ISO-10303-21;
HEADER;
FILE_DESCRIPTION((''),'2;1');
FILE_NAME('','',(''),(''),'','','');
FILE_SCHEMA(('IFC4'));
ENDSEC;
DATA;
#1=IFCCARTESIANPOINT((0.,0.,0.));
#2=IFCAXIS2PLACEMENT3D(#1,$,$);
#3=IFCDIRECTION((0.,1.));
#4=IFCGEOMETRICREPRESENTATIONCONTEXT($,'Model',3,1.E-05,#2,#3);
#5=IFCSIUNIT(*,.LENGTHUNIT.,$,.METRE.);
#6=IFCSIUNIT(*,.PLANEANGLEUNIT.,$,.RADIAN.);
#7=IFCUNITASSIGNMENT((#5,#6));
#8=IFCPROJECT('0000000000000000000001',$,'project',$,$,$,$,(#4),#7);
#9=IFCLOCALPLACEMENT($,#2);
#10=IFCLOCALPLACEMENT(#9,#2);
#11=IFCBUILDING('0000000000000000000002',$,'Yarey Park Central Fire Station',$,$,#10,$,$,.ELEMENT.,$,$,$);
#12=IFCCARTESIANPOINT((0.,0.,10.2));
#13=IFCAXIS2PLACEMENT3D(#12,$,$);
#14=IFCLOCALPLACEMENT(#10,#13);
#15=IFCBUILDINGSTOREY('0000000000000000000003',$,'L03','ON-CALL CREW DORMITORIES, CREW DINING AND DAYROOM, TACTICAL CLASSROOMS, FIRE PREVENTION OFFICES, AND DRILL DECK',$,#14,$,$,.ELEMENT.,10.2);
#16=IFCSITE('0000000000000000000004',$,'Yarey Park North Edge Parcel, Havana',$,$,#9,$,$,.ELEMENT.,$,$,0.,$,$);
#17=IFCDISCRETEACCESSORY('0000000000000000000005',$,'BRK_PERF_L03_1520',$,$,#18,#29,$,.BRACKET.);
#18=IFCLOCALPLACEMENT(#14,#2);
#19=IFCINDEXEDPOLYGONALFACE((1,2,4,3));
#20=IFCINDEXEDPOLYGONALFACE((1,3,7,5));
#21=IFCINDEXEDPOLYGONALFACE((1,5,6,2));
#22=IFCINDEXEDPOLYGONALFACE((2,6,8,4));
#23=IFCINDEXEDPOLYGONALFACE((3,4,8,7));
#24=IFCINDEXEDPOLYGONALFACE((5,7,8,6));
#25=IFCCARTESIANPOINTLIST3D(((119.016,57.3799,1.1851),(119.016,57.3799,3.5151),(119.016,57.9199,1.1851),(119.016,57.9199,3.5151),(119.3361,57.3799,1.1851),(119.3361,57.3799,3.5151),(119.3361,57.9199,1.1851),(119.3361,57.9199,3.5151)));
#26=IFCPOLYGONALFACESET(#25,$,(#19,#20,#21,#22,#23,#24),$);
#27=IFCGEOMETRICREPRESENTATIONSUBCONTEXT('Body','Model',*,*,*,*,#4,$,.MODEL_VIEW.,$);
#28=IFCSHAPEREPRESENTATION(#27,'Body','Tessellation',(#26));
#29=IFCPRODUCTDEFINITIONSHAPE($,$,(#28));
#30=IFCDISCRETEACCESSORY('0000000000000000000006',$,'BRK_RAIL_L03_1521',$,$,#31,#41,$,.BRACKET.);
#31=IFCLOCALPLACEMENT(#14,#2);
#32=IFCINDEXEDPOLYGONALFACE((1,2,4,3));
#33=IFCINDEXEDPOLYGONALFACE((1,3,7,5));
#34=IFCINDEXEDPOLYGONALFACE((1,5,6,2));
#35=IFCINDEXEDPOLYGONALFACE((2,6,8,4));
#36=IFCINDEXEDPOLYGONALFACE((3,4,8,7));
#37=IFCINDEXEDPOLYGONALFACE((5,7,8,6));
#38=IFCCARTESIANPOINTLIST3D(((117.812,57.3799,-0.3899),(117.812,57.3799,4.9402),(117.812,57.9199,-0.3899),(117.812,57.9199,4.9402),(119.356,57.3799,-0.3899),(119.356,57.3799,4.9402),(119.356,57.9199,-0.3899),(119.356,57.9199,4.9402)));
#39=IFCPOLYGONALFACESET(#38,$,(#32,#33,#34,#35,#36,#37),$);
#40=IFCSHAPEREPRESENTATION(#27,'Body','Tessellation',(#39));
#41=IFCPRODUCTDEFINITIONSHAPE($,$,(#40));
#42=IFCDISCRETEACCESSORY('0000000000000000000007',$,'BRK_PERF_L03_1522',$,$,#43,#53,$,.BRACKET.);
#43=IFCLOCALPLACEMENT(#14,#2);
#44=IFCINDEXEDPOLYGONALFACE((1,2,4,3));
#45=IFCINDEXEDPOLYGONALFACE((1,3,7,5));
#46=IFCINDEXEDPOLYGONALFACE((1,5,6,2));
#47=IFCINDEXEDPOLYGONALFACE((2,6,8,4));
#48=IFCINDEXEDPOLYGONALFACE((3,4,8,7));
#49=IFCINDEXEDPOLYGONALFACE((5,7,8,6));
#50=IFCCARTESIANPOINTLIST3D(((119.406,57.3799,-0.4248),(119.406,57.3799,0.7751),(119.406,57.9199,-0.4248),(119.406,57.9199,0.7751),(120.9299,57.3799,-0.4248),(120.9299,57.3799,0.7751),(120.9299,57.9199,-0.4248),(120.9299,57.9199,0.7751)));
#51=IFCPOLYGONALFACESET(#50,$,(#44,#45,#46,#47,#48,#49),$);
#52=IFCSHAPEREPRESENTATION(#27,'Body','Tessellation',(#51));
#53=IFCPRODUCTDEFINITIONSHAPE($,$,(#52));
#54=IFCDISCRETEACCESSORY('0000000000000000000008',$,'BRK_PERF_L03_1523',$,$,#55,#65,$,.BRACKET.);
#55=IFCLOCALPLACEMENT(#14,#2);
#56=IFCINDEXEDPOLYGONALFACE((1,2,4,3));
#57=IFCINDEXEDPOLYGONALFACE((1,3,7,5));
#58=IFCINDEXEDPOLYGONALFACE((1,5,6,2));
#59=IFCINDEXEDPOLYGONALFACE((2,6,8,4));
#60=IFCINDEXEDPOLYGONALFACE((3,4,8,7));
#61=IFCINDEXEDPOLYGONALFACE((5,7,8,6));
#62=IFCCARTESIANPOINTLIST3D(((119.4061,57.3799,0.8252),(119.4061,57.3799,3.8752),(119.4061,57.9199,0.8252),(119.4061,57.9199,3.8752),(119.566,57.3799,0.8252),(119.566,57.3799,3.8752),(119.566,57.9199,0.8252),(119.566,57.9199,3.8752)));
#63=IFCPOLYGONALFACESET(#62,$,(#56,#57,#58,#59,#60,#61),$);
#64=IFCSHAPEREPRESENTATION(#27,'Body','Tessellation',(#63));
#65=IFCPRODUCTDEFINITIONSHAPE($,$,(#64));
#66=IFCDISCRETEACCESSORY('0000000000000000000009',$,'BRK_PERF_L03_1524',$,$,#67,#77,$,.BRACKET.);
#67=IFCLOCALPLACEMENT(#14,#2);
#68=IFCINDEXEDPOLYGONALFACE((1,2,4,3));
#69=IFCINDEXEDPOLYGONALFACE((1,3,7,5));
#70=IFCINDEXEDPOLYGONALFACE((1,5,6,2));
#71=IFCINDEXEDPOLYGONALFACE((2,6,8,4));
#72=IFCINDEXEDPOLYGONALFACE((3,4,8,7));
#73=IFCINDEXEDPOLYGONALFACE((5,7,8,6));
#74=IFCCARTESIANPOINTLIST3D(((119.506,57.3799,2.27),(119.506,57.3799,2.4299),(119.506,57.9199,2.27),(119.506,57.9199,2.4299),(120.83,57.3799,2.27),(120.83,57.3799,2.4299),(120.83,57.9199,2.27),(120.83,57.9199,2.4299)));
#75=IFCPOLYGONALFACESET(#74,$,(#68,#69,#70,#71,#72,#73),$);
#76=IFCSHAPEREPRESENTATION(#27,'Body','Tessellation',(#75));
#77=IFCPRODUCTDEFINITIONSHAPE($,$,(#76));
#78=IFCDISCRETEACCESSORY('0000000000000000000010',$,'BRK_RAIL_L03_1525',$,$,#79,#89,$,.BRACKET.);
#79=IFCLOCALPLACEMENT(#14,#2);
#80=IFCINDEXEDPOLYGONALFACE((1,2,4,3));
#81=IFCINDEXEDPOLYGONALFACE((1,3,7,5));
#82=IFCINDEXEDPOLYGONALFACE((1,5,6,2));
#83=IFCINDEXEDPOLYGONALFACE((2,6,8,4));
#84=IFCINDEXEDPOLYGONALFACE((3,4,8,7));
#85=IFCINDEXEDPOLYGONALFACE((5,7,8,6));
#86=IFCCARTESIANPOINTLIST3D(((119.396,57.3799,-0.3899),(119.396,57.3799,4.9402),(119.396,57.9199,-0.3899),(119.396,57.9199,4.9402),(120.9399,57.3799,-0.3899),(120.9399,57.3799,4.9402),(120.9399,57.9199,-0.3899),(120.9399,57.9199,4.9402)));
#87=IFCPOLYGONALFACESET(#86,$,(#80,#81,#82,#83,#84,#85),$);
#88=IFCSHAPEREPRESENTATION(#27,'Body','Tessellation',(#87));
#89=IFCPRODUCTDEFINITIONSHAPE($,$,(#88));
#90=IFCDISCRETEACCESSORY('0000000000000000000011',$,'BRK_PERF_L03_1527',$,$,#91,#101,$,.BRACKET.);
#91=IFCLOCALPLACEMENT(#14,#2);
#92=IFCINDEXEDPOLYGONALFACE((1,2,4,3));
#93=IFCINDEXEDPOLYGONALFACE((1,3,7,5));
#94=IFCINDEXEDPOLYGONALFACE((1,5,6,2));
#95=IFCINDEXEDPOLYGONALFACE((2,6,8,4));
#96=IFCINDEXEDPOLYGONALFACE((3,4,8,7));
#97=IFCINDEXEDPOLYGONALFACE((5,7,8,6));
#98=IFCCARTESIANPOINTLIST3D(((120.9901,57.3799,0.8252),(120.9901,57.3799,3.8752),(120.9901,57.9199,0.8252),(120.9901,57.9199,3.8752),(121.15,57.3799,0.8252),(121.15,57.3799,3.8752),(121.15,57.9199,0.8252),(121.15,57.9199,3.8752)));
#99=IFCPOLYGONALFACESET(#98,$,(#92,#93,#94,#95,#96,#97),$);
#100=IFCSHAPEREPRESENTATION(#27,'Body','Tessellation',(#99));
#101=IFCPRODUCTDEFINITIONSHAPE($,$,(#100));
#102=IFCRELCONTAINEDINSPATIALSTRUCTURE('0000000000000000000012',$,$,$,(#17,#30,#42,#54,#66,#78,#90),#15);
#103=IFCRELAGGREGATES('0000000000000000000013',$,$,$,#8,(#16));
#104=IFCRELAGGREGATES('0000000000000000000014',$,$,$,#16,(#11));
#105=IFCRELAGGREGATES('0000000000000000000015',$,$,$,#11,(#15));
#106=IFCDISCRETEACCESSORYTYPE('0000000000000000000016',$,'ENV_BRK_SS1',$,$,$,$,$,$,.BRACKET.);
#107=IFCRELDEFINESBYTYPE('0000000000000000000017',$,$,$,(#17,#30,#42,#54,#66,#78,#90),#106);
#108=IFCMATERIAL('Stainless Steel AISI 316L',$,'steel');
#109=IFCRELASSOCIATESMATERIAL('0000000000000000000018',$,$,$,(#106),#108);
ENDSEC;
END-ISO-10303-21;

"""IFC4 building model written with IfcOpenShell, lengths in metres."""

from ifc_helpers import new_model, si_unit, direction, frame, origin, origin_2d, place, context, subcontext, project, spatial, rectangle, extrude, material, type_object, element, save


model = new_model("IFC4")

# Units and contexts
model_context = context("Model", 3, precision=1e-05, world=origin(), true_north=direction((0.0, 1.0)))
body_context = subcontext(model_context, "Body", "Model", "MODEL_VIEW")
ifc_project = project(units=[si_unit("LENGTHUNIT", "METRE"), si_unit("PLANEANGLEUNIT", "RADIAN")], contexts=[model_context])

# Site, building, storey
site_placement = place(None, origin())
site = spatial("IfcSite", under=ifc_project, at=site_placement, Name="Yarey Park North Edge Parcel, Havana", CompositionType="ELEMENT", RefElevation=0.0)
building_placement = place(site_placement, origin())
building = spatial("IfcBuilding", under=site, at=building_placement, Name="Yarey Park Central Fire Station", CompositionType="ELEMENT")
storey_placement = place(building_placement, frame((0.0, 0.0, 10.2)))
storey = spatial("IfcBuildingStorey", under=building, at=storey_placement, Name="L03", Description="ON-CALL CREW DORMITORIES, CREW DINING AND DAYROOM, TACTICAL CLASSROOMS, FIRE PREVENTION OFFICES, AND DRILL DECK", CompositionType="ELEMENT", Elevation=10.2)

# Discrete accessories
ifc_material_1 = material(Name="Stainless Steel AISI 316L", Category="steel")
discrete_accessory_type = type_object("IfcDiscreteAccessoryType", Name="ENV_BRK_SS1", PredefinedType="BRACKET", material=ifc_material_1)
for number, where, z_axis, x_axis, name in (
    (1, (119.176, 57.6499, 1.1851), (0.0, 0.0, 1.0), (1.0, 0.0, 0.0), "BRK_PERF_L03_1520"),
):
    element("IfcDiscreteAccessory", number, at=place(storey_placement, frame(where, z_axis=z_axis, x_axis=x_axis)), inside=storey, type_object=discrete_accessory_type, Name=name, PredefinedType="BRACKET", context=body_context, shape_type="SweptSolid", body=[
        extrude(rectangle(XDim=0.3201, YDim=0.54, at=origin_2d()), origin(), (0.0, 0.0, 1.0), 2.3301),
    ])
discrete_accessory_1_placement = place(storey_placement, frame((118.584, 57.6499, -0.3899), z_axis=(0.0, 0.0, 1.0), x_axis=(1.0, 0.0, 0.0)))
element("IfcDiscreteAccessory", 2, at=discrete_accessory_1_placement, inside=storey, type_object=discrete_accessory_type, Name="BRK_RAIL_L03_1521", PredefinedType="BRACKET", context=body_context, shape_type="SweptSolid", body=[
    extrude(rectangle(XDim=1.5439, YDim=0.54, at=origin_2d()), origin(), (0.0, 0.0, 1.0), 5.3301),
])
discrete_accessory_2_placement = place(storey_placement, frame((120.168, 57.6499, -0.4248), z_axis=(0.0, 0.0, 1.0), x_axis=(1.0, 0.0, 0.0)))
element("IfcDiscreteAccessory", 3, at=discrete_accessory_2_placement, inside=storey, type_object=discrete_accessory_type, Name="BRK_PERF_L03_1522", PredefinedType="BRACKET", context=body_context, shape_type="SweptSolid", body=[
    extrude(rectangle(XDim=1.5239, YDim=0.54, at=origin_2d()), origin(), (0.0, 0.0, 1.0), 1.2),
])
discrete_accessory_3_placement = place(storey_placement, frame((119.4861, 57.6499, 0.8252), z_axis=(0.0, 0.0, 1.0), x_axis=(1.0, 0.0, 0.0)))
element("IfcDiscreteAccessory", 4, at=discrete_accessory_3_placement, inside=storey, type_object=discrete_accessory_type, Name="BRK_PERF_L03_1523", PredefinedType="BRACKET", context=body_context, shape_type="SweptSolid", body=[
    extrude(rectangle(XDim=0.1599, YDim=0.54, at=origin_2d()), origin(), (0.0, 0.0, 1.0), 3.05),
])
discrete_accessory_4_placement = place(storey_placement, frame((120.168, 57.6499, 2.27), z_axis=(0.0, 0.0, 1.0), x_axis=(1.0, 0.0, 0.0)))
element("IfcDiscreteAccessory", 5, at=discrete_accessory_4_placement, inside=storey, type_object=discrete_accessory_type, Name="BRK_PERF_L03_1524", PredefinedType="BRACKET", context=body_context, shape_type="SweptSolid", body=[
    extrude(rectangle(XDim=1.324, YDim=0.54, at=origin_2d()), origin(), (0.0, 0.0, 1.0), 0.1599),
])
discrete_accessory_5_placement = place(storey_placement, frame((120.168, 57.6499, -0.3899), z_axis=(0.0, 0.0, 1.0), x_axis=(1.0, 0.0, 0.0)))
element("IfcDiscreteAccessory", 6, at=discrete_accessory_5_placement, inside=storey, type_object=discrete_accessory_type, Name="BRK_RAIL_L03_1525", PredefinedType="BRACKET", context=body_context, shape_type="SweptSolid", body=[
    extrude(rectangle(XDim=1.5439, YDim=0.54, at=origin_2d()), origin(), (0.0, 0.0, 1.0), 5.3301),
])
discrete_accessory_6_placement = place(storey_placement, frame((121.0701, 57.6499, 0.8252), z_axis=(0.0, 0.0, 1.0), x_axis=(1.0, 0.0, 0.0)))
element("IfcDiscreteAccessory", 7, at=discrete_accessory_6_placement, inside=storey, type_object=discrete_accessory_type, Name="BRK_PERF_L03_1527", PredefinedType="BRACKET", context=body_context, shape_type="SweptSolid", body=[
    extrude(rectangle(XDim=0.1599, YDim=0.54, at=origin_2d()), origin(), (0.0, 0.0, 1.0), 3.05),
])

save(model, "model.ifc")
